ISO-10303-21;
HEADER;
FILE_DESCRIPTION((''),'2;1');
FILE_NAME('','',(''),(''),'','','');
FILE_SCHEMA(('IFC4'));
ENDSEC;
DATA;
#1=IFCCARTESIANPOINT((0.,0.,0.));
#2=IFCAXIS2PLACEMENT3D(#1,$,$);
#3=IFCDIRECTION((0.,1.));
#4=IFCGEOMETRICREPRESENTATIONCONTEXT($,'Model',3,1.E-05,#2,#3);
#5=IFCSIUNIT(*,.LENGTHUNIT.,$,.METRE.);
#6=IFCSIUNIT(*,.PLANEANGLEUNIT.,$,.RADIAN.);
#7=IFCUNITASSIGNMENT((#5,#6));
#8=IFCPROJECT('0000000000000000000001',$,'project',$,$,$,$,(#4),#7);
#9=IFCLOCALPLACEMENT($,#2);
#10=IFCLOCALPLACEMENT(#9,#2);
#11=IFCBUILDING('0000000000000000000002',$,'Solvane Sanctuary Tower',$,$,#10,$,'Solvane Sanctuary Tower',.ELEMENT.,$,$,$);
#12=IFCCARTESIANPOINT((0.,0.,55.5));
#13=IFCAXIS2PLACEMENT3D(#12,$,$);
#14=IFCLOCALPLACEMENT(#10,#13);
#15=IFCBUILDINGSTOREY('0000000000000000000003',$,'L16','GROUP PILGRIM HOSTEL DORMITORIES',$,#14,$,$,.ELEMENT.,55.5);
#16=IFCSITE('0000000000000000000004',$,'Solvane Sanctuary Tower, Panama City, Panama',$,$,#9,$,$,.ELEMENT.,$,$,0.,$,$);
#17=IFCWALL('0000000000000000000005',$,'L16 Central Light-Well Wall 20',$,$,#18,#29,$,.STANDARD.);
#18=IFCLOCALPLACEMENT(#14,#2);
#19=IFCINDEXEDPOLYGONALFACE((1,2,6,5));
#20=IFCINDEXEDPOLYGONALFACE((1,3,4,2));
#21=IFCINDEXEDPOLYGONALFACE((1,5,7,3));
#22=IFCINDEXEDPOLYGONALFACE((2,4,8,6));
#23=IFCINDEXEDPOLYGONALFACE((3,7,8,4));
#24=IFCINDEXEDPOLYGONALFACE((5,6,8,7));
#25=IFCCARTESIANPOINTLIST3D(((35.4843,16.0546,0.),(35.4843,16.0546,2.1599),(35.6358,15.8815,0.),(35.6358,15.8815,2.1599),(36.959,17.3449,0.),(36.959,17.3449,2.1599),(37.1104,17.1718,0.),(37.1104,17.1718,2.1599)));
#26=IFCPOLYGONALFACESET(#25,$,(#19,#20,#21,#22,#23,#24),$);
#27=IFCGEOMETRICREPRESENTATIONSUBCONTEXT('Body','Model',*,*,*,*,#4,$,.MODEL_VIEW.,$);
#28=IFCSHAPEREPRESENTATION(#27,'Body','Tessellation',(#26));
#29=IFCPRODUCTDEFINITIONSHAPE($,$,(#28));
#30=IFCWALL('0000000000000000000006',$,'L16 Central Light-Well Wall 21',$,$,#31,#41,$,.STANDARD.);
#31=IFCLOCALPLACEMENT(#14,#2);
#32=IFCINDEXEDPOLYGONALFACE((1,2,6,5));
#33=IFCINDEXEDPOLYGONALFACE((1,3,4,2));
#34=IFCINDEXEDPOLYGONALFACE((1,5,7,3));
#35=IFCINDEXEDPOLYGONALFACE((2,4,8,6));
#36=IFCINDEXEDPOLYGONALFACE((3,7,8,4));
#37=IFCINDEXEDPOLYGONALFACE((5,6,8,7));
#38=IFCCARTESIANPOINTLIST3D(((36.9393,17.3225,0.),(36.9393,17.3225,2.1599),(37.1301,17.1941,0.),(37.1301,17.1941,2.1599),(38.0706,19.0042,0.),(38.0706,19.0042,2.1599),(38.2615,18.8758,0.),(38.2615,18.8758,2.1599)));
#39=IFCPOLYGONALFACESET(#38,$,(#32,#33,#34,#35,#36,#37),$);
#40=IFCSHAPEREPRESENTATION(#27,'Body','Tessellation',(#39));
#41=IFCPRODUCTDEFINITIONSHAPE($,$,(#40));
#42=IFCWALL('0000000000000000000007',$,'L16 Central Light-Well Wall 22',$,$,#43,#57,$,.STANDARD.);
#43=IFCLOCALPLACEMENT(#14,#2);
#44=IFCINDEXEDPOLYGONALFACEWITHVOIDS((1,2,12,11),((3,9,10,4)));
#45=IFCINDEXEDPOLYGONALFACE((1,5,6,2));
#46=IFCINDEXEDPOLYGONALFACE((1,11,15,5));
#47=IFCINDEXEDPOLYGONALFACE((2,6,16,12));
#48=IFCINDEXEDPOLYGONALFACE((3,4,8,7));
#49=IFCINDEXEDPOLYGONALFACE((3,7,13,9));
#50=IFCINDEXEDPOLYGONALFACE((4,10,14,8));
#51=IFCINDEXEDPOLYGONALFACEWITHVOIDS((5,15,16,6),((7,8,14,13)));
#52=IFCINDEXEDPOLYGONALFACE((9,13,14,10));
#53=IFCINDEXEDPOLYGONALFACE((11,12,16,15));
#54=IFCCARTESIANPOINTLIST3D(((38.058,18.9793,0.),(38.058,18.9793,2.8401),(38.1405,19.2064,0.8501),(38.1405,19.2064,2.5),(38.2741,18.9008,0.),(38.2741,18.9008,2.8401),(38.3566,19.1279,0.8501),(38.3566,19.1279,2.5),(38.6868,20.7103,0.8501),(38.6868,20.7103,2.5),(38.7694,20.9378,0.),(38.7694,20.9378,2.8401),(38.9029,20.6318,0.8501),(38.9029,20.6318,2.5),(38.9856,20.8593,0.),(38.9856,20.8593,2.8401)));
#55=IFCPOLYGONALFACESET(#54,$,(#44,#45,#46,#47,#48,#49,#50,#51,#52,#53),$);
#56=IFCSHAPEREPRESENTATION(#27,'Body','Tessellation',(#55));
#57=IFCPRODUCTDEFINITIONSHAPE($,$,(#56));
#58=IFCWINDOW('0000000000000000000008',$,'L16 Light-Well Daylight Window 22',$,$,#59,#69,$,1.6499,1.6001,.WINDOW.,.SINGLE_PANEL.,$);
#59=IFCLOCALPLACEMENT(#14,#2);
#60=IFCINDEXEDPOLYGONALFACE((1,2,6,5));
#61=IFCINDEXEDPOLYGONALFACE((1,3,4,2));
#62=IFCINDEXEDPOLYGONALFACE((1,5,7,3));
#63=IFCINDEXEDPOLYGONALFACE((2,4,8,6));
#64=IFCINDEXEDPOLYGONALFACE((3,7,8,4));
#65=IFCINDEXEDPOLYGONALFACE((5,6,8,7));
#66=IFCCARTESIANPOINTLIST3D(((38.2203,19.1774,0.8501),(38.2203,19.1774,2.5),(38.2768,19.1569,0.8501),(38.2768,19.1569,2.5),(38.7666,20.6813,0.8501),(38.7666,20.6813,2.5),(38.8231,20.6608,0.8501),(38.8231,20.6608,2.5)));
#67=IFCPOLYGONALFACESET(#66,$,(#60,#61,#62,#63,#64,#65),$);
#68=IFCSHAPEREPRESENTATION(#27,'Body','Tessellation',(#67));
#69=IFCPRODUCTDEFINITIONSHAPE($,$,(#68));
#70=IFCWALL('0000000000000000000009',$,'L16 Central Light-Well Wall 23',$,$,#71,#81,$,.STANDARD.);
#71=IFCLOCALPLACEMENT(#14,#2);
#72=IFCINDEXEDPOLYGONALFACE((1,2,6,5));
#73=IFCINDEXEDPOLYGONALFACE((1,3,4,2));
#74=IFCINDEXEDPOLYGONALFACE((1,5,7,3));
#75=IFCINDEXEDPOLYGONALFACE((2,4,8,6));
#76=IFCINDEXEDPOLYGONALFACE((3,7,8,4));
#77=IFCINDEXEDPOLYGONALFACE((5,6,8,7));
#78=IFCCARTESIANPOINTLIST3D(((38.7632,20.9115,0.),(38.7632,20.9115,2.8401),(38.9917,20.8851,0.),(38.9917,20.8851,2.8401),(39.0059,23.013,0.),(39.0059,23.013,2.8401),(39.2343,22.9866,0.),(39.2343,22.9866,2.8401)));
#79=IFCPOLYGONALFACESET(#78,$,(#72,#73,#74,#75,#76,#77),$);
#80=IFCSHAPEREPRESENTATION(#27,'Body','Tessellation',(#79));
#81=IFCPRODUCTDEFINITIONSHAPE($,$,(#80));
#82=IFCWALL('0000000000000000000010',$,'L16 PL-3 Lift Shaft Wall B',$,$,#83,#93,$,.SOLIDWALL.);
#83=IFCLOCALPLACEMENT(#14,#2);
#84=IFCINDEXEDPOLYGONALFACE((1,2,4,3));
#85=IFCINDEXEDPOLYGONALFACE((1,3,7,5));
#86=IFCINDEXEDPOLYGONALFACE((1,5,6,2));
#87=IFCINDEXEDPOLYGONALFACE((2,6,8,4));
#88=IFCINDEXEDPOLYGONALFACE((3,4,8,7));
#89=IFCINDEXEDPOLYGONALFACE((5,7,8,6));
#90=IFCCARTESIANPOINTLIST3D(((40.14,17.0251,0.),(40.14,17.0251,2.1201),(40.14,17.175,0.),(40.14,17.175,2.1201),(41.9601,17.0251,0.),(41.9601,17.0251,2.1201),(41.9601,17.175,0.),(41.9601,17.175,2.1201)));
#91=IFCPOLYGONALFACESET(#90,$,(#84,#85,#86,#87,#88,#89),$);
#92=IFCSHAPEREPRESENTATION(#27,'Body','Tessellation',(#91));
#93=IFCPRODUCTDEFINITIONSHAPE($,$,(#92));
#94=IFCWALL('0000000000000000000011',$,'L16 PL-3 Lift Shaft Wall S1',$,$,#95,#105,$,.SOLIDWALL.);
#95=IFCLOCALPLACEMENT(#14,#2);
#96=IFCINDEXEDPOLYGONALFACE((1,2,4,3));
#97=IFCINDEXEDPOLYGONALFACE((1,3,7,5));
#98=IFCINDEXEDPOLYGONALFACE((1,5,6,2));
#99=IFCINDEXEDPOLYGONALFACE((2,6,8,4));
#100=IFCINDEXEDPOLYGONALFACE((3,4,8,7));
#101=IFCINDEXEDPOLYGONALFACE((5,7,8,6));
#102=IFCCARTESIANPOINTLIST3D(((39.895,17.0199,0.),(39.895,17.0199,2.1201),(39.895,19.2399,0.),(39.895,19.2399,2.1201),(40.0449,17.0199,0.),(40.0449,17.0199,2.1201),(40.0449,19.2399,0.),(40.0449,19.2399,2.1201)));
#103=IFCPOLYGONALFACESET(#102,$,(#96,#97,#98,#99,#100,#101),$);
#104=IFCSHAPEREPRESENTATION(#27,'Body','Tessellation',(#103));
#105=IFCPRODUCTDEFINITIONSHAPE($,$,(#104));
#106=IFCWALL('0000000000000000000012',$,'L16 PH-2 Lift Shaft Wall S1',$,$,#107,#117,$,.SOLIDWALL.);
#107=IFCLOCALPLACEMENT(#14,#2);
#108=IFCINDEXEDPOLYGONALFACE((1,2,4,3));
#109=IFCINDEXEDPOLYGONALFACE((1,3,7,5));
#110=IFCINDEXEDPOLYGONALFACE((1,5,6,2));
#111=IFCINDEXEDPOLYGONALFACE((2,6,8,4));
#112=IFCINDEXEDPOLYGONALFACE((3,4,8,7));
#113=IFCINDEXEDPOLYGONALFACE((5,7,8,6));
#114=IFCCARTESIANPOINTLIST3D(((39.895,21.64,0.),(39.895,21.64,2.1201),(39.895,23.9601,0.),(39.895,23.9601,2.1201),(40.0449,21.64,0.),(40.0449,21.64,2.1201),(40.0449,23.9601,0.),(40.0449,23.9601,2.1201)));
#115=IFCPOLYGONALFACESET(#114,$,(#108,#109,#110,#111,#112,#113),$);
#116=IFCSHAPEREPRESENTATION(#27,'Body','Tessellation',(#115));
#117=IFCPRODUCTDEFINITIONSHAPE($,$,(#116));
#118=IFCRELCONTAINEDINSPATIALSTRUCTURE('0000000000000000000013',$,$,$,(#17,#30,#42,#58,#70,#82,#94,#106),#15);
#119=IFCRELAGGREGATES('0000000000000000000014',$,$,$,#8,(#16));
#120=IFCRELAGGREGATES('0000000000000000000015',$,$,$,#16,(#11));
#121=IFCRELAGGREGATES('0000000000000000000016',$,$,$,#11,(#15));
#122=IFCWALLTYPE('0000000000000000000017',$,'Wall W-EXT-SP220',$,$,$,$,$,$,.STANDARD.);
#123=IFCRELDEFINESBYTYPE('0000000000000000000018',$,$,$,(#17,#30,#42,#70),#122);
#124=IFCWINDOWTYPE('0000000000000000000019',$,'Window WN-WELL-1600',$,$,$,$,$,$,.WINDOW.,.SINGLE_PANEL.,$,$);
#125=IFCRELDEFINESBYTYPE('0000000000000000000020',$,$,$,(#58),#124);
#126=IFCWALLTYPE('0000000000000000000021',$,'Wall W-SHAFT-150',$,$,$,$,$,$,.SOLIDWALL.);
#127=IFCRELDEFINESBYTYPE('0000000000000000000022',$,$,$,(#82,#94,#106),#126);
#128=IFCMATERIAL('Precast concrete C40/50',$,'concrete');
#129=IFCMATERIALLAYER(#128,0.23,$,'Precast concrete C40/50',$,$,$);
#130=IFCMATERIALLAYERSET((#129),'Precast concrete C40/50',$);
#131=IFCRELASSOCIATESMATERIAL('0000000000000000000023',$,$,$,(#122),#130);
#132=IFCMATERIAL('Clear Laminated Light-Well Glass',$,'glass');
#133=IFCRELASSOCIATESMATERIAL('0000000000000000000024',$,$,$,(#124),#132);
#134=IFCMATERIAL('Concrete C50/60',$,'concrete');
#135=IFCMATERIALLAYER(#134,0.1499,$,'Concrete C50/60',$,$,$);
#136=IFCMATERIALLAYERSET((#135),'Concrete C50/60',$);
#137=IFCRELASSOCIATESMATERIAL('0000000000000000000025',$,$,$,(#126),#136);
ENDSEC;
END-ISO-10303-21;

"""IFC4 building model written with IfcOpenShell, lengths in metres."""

from ifc_helpers import new_model, si_unit, direction, frame, frame_2d, origin, place, context, subcontext, project, spatial, rectangle, extrude, material, layer, layer_set, type_object, element, fill, save


model = new_model("IFC4")

# Units and contexts
model_context = context("Model", 3, precision=1e-05, world=origin(), true_north=direction((0.0, 1.0)))
body_context = subcontext(model_context, "Body", "Model", "MODEL_VIEW")
ifc_project = project(units=[si_unit("LENGTHUNIT", "METRE"), si_unit("PLANEANGLEUNIT", "RADIAN")], contexts=[model_context])

# Site, building, storey
site_placement = place(None, origin())
site = spatial("IfcSite", under=ifc_project, at=site_placement, Name="Solvane Sanctuary Tower, Panama City, Panama", CompositionType="ELEMENT", RefElevation=0.0)
building_placement = place(site_placement, origin())
building = spatial("IfcBuilding", under=site, at=building_placement, Name="Solvane Sanctuary Tower", LongName="Solvane Sanctuary Tower", CompositionType="ELEMENT")
storey_placement = place(building_placement, frame((0.0, 0.0, 55.5)))
storey = spatial("IfcBuildingStorey", under=building, at=storey_placement, Name="L16", Description="GROUP PILGRIM HOSTEL DORMITORIES", CompositionType="ELEMENT", Elevation=55.5)

# Walls
ifc_material_1 = material(Name="Precast concrete C40/50", Category="concrete")
ifc_layer_1 = layer(ifc_material_1, 0.23, Name="Precast concrete C40/50")
ifc_layer_set_1 = layer_set([ifc_layer_1], Name="Precast concrete C40/50")
wall_type_1 = type_object("IfcWallType", Name="Wall W-EXT-SP220", PredefinedType="STANDARD", material=ifc_layer_set_1)
wall_1_placement = place(storey_placement, frame((35.5601, 15.968, 0.0), z_axis=(0.0, 0.0, 1.0), x_axis=(0.752577, 0.658505, 0.0)))
element("IfcWall", 1, at=wall_1_placement, inside=storey, type_object=wall_type_1, Name="L16 Central Light-Well Wall 20", PredefinedType="STANDARD", context=body_context, shape_type="SweptSolid", body=[
    extrude(rectangle(XDim=1.9595, YDim=0.23, at=frame_2d((0.9797, 0.0))), origin(), (0.0, 0.0, 1.0), 2.1599),
])
wall_2_placement = place(storey_placement, frame((37.0347, 17.2583, 0.0), z_axis=(0.0, 0.0, 1.0), x_axis=(0.558198, 0.829708, 0.0)))
element("IfcWall", 2, at=wall_2_placement, inside=storey, type_object=wall_type_1, Name="L16 Central Light-Well Wall 21", PredefinedType="STANDARD", context=body_context, shape_type="SweptSolid", body=[
    extrude(rectangle(XDim=2.0269, YDim=0.23, at=frame_2d((1.0134, 0.0))), origin(), (0.0, 0.0, 1.0), 2.1599),
])

# Wall, opening, window
wall_3_placement = place(storey_placement, frame((38.166, 18.9399, 0.0), z_axis=(0.0, 0.0, 1.0), x_axis=(0.341423, 0.93991, 0.0)))
wall_3 = element("IfcWall", 3, at=wall_3_placement, inside=storey, type_object=wall_type_1, Name="L16 Central Light-Well Wall 22", PredefinedType="STANDARD", context=body_context, shape_type="SweptSolid", body=[
    extrude(rectangle(XDim=2.0837, YDim=0.23, at=frame_2d((1.042, 0.0))), origin(), (0.0, 0.0, 1.0), 2.8401),
])
opening_placement = place(wall_3_placement, frame((0.2417, 0.0, 0.8501)))
opening = element("IfcOpeningElement", 4, at=opening_placement, cuts=wall_3, PredefinedType="OPENING", context=body_context, shape_type="SweptSolid", body=[
    extrude(rectangle(XDim=1.6001, YDim=1.6499, at=frame_2d((0.8, 0.825))), frame((0.0, 0.125, 0.0), z_axis=(0.0, -1.0, 0.0), x_axis=(1.0, 0.0, 0.0)), (0.0, 0.0, 1.0), 0.25),
])
ifc_material_2 = material(Name="Clear Laminated Light-Well Glass", Category="glass")
window_type = type_object("IfcWindowType", Name="Window WN-WELL-1600", PartitioningType="SINGLE_PANEL", PredefinedType="WINDOW", material=ifc_material_2)
window_placement = place(opening_placement, origin())
window = element("IfcWindow", 5, at=window_placement, inside=storey, type_object=window_type, Name="L16 Light-Well Daylight Window 22", OverallHeight=1.6499, OverallWidth=1.6001, PartitioningType="SINGLE_PANEL", PredefinedType="WINDOW", context=body_context, shape_type="SweptSolid", body=[
    extrude(rectangle(XDim=1.6001, YDim=1.6499, at=frame_2d((0.8, 0.825))), frame((0.0, 0.03, 0.0), z_axis=(0.0, -1.0, 0.0), x_axis=(1.0, 0.0, 0.0)), (0.0, 0.0, 1.0), 0.0601),
])
fill(opening, window)

# Walls
wall_4_placement = place(storey_placement, frame((38.8774, 20.8984, 0.0), z_axis=(0.0, 0.0, 1.0), x_axis=(0.114712, 0.993399, 0.0)))
element("IfcWall", 6, at=wall_4_placement, inside=storey, type_object=wall_type_1, Name="L16 Central Light-Well Wall 23", PredefinedType="STANDARD", context=body_context, shape_type="SweptSolid", body=[
    extrude(rectangle(XDim=2.1155, YDim=0.23, at=frame_2d((1.0576, 0.0))), origin(), (0.0, 0.0, 1.0), 2.8401),
])
ifc_material_3 = material(Name="Concrete C50/60", Category="concrete")
ifc_layer_2 = layer(ifc_material_3, 0.1499, Name="Concrete C50/60")
ifc_layer_set_2 = layer_set([ifc_layer_2], Name="Concrete C50/60")
wall_type_2 = type_object("IfcWallType", Name="Wall W-SHAFT-150", PredefinedType="SOLIDWALL", material=ifc_layer_set_2)
wall_5_placement = place(storey_placement, frame((40.1399, 17.1001, 0.0), z_axis=(0.0, 0.0, 1.0), x_axis=(1.0, 0.0, 0.0)))
element("IfcWall", 7, at=wall_5_placement, inside=storey, type_object=wall_type_2, Name="L16 PL-3 Lift Shaft Wall B", PredefinedType="SOLIDWALL", context=body_context, shape_type="SweptSolid", body=[
    extrude(rectangle(XDim=1.8201, YDim=0.1499, at=frame_2d((0.9102, 0.0))), origin(), (0.0, 0.0, 1.0), 2.1201),
])
wall_6_placement = place(storey_placement, frame((39.97, 17.02, 0.0), z_axis=(0.0, 0.0, 1.0), x_axis=(0.0, 1.0, 0.0)))
element("IfcWall", 8, at=wall_6_placement, inside=storey, type_object=wall_type_2, Name="L16 PL-3 Lift Shaft Wall S1", PredefinedType="SOLIDWALL", context=body_context, shape_type="SweptSolid", body=[
    extrude(rectangle(XDim=2.22, YDim=0.1499, at=frame_2d((1.1099, 0.0))), origin(), (0.0, 0.0, 1.0), 2.1201),
])
wall_7_placement = place(storey_placement, frame((39.97, 21.6399, 0.0), z_axis=(0.0, 0.0, 1.0), x_axis=(0.0, 1.0, 0.0)))
element("IfcWall", 9, at=wall_7_placement, inside=storey, type_object=wall_type_2, Name="L16 PH-2 Lift Shaft Wall S1", PredefinedType="SOLIDWALL", context=body_context, shape_type="SweptSolid", body=[
    extrude(rectangle(XDim=2.3201, YDim=0.1499, at=frame_2d((1.1602, 0.0))), origin(), (0.0, 0.0, 1.0), 2.1201),
])

save(model, "model.ifc")
